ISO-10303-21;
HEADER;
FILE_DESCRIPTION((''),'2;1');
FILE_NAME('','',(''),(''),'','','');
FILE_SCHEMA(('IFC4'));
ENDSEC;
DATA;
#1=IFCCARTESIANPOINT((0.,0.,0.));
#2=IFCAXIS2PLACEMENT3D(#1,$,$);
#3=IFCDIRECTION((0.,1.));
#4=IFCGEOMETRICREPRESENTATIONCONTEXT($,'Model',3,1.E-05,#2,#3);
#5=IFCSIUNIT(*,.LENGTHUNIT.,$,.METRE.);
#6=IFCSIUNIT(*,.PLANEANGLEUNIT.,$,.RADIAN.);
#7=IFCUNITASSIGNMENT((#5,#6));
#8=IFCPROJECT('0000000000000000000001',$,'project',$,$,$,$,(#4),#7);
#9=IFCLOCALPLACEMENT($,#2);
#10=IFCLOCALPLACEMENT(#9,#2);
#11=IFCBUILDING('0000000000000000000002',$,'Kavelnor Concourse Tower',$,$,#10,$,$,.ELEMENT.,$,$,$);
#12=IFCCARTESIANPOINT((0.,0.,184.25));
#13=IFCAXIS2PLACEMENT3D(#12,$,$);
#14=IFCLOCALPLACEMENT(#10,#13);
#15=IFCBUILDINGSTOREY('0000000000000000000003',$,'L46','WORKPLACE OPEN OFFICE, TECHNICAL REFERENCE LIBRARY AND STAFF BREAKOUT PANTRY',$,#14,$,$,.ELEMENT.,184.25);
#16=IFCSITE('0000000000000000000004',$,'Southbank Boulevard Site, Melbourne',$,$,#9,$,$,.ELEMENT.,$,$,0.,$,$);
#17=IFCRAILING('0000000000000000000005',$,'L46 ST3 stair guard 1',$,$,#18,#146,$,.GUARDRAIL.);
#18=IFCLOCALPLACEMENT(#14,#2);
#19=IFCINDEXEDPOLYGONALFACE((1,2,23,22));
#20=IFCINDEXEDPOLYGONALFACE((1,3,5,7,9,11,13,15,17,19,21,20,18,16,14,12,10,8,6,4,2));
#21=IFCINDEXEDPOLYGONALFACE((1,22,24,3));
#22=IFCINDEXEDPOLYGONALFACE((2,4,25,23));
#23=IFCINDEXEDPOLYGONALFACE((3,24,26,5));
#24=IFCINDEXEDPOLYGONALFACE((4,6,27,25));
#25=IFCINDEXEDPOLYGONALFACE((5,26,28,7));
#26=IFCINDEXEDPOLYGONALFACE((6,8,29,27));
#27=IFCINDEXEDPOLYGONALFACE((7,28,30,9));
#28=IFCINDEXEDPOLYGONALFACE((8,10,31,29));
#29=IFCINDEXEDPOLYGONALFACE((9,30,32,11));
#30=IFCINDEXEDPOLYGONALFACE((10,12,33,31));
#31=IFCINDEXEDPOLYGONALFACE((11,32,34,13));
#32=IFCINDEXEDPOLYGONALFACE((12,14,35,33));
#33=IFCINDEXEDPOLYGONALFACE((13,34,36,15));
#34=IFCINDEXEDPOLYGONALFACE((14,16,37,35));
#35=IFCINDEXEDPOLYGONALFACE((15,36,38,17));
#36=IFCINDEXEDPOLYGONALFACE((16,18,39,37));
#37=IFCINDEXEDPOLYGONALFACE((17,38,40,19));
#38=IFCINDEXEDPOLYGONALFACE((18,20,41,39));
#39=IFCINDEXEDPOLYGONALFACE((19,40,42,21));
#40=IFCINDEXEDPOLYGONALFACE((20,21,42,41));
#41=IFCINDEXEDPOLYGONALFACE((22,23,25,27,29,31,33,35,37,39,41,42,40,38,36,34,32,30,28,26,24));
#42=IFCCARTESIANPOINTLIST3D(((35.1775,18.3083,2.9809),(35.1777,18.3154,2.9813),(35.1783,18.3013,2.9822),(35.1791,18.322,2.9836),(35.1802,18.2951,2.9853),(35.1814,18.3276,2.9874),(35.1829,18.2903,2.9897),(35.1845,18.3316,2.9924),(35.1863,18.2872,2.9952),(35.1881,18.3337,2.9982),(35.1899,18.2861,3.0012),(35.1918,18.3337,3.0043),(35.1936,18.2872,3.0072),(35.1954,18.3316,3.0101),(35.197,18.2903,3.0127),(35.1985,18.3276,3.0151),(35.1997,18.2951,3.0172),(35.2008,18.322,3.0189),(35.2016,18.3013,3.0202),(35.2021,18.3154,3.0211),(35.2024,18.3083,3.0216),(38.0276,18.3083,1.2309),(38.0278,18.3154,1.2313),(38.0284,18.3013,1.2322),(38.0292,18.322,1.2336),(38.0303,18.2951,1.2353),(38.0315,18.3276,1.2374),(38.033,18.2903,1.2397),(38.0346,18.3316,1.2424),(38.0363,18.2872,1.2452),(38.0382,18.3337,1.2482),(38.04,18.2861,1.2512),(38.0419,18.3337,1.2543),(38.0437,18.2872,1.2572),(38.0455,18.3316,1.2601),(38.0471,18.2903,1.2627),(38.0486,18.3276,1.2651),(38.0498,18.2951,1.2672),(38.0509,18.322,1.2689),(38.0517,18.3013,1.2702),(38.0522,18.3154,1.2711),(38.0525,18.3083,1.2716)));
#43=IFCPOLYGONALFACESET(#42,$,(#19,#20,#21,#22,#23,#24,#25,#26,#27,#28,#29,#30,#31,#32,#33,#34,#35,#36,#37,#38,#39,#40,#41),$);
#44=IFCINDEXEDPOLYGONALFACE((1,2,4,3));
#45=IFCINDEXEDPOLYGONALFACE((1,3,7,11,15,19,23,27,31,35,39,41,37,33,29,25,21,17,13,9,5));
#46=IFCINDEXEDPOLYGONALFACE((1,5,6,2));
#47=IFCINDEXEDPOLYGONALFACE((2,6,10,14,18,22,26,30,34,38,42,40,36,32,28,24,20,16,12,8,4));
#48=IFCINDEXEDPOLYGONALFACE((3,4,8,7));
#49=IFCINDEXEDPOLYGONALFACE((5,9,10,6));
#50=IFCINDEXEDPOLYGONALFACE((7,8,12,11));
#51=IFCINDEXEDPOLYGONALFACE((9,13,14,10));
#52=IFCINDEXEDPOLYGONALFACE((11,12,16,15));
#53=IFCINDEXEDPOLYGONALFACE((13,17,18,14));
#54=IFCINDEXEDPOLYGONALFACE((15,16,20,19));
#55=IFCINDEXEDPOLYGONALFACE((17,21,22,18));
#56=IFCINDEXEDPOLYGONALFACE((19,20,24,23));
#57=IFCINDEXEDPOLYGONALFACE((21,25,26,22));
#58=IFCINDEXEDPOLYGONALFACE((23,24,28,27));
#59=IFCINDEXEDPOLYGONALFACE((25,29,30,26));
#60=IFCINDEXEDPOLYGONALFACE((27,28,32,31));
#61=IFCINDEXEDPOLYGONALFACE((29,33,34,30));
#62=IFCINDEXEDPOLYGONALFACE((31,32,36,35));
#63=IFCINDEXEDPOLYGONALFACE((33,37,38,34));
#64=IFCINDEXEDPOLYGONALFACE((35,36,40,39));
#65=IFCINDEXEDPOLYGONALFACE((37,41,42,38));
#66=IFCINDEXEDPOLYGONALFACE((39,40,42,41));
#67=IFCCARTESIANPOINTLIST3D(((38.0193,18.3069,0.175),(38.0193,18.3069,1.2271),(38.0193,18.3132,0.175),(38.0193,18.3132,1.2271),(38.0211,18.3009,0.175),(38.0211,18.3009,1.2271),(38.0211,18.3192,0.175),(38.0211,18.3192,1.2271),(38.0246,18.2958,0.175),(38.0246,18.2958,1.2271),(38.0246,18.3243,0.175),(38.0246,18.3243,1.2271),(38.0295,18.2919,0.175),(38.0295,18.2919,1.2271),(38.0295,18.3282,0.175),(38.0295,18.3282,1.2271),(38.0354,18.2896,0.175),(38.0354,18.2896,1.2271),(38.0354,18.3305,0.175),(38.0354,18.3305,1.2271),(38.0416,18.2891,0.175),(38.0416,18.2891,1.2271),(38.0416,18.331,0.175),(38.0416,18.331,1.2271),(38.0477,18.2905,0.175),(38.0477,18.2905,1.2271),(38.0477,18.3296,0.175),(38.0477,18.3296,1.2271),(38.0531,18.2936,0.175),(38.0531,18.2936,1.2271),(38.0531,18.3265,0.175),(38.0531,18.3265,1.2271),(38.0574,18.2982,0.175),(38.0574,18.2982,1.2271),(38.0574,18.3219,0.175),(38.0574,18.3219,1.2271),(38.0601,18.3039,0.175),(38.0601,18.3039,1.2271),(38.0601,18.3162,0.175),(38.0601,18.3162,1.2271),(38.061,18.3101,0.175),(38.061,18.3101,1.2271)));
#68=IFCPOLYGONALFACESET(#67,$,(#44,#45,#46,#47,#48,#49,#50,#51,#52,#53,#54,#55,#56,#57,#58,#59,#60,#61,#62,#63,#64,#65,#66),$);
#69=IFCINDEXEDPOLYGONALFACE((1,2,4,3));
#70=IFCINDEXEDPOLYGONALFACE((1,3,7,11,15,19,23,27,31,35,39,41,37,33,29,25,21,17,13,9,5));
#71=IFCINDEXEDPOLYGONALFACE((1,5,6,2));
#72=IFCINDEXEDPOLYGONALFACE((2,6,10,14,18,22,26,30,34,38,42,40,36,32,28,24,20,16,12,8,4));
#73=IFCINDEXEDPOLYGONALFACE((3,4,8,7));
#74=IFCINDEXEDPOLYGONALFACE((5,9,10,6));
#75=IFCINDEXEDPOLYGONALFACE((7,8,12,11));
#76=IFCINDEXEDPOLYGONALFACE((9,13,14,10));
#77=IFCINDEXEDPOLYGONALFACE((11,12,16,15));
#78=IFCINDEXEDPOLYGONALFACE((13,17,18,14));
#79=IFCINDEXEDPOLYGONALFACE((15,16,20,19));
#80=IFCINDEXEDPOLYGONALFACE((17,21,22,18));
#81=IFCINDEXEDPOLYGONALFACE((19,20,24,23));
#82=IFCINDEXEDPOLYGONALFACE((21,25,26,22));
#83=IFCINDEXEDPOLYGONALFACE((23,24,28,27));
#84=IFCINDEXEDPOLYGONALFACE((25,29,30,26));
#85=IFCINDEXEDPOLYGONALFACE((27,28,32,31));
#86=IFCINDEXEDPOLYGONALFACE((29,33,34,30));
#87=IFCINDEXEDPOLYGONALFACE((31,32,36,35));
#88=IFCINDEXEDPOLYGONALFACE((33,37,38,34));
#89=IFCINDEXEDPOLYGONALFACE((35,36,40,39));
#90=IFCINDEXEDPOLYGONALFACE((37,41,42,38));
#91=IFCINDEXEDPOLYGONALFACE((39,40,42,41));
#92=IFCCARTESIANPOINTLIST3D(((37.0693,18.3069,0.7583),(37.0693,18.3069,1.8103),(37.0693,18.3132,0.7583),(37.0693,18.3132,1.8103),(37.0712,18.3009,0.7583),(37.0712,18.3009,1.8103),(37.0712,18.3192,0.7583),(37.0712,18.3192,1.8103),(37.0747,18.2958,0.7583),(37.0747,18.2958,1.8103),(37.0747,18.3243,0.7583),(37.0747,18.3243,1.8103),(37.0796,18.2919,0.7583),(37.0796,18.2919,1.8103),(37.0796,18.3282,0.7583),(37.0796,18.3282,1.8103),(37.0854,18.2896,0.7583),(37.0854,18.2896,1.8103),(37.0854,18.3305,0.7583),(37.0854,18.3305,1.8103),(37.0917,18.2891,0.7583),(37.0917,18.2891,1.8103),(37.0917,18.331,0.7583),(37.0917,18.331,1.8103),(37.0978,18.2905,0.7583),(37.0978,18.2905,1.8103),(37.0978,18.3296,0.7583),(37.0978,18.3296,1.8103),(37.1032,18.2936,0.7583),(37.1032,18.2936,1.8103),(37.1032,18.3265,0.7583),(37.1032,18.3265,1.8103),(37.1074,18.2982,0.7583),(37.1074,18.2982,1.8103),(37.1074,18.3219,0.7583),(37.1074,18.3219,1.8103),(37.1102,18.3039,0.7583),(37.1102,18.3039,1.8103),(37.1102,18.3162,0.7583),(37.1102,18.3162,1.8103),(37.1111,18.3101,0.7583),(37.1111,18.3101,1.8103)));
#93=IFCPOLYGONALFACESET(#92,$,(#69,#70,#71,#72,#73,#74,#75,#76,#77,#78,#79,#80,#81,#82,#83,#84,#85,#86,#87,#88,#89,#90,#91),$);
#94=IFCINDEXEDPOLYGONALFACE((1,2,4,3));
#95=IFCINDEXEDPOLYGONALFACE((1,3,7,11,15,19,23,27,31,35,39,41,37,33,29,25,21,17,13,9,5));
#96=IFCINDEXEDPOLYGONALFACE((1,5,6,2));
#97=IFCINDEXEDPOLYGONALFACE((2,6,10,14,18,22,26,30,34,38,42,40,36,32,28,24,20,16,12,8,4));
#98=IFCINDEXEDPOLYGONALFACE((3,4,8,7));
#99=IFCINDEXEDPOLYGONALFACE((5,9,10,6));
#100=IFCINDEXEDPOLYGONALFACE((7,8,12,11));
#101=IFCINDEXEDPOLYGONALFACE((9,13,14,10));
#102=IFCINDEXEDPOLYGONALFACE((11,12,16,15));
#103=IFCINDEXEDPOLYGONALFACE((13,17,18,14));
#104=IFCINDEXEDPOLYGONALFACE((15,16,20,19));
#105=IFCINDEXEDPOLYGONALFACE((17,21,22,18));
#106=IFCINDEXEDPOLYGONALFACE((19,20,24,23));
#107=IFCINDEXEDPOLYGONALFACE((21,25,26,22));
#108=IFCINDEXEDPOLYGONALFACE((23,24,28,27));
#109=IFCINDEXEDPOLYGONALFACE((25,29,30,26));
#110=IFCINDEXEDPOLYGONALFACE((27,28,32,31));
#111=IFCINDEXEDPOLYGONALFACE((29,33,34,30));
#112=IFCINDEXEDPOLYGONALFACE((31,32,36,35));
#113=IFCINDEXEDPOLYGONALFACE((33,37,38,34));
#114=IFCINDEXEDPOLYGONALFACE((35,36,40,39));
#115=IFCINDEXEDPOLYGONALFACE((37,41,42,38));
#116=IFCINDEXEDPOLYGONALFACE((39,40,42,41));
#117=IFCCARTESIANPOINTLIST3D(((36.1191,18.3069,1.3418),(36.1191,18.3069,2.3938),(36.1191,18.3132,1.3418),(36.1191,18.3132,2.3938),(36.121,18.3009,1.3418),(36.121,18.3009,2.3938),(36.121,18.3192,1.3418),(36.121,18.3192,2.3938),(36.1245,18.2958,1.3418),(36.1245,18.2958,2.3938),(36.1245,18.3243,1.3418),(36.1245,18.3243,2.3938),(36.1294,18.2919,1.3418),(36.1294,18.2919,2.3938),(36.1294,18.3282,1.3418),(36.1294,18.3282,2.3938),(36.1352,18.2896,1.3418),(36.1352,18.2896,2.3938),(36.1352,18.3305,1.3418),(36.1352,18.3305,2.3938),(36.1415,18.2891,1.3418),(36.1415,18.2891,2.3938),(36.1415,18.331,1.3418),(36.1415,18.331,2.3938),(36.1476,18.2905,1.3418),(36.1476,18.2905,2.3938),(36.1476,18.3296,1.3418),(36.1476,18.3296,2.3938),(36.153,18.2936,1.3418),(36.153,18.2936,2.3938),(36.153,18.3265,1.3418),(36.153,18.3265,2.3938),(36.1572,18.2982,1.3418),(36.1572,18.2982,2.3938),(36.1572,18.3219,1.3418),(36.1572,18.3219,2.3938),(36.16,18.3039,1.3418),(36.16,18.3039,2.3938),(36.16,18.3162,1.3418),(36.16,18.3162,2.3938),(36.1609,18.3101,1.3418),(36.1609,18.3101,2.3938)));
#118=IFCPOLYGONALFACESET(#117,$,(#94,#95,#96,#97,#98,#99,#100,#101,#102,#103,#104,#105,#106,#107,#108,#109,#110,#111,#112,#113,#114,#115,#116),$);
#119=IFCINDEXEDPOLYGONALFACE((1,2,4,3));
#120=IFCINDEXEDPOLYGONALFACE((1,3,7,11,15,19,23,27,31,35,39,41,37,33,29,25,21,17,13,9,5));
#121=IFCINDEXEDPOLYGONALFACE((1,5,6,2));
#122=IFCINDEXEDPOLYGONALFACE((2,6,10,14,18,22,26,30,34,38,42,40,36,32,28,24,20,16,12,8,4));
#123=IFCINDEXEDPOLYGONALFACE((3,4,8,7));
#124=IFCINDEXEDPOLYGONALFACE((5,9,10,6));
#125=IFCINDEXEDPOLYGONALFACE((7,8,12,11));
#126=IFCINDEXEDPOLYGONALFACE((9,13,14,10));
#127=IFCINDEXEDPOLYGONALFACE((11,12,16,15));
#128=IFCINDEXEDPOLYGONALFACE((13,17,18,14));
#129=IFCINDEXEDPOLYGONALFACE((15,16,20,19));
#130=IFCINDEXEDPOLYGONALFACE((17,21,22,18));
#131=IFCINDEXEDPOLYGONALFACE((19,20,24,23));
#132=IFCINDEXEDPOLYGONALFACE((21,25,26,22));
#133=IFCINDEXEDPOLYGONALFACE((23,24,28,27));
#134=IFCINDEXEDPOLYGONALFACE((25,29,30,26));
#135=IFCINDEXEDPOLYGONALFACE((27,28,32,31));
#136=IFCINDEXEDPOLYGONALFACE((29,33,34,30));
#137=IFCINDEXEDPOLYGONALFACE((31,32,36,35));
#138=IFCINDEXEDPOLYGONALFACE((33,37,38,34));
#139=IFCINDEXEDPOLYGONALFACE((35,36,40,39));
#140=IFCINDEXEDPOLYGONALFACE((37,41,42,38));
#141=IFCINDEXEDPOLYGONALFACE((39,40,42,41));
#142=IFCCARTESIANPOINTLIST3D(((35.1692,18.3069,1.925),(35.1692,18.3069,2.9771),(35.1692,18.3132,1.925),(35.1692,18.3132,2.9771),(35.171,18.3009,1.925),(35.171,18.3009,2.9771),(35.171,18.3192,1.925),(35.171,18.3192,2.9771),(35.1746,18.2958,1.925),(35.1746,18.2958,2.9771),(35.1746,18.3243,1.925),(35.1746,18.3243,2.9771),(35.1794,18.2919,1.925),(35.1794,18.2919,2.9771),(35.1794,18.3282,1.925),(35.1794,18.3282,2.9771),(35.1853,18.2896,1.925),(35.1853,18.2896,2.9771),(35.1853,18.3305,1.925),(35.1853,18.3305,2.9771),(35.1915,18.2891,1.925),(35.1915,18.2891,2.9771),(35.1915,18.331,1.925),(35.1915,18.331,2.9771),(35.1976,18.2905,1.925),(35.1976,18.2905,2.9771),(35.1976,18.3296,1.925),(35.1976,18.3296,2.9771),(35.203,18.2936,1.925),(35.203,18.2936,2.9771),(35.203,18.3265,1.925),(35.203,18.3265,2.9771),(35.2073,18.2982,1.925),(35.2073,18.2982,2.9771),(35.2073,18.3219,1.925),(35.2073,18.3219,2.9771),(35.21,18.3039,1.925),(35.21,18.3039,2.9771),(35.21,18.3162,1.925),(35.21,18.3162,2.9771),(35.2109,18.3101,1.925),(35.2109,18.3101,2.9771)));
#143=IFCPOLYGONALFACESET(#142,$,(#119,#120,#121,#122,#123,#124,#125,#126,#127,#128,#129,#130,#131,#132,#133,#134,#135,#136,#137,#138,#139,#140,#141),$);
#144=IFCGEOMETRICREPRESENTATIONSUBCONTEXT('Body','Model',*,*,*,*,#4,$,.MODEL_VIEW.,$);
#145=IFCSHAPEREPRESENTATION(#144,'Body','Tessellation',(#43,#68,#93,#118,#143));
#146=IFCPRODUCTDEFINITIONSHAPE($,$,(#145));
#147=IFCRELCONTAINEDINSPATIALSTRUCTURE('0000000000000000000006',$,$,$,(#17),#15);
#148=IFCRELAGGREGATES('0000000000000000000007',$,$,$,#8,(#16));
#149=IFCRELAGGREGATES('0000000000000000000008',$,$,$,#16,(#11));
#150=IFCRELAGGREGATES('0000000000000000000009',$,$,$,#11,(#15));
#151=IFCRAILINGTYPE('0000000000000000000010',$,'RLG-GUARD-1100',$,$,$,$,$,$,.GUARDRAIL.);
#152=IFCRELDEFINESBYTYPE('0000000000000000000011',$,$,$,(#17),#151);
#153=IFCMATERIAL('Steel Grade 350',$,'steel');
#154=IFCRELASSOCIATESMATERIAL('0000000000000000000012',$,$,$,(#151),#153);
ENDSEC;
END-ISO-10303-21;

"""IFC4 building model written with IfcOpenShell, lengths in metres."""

from ifc_helpers import new_model, si_unit, direction, frame, origin, origin_2d, place, context, subcontext, project, spatial, circle, extrude, material, type_object, element, save


model = new_model("IFC4")

# Units and contexts
model_context = context("Model", 3, precision=1e-05, world=origin(), true_north=direction((0.0, 1.0)))
body_context = subcontext(model_context, "Body", "Model", "MODEL_VIEW")
ifc_project = project(units=[si_unit("LENGTHUNIT", "METRE"), si_unit("PLANEANGLEUNIT", "RADIAN")], contexts=[model_context])

# Site, building, storey
site_placement = place(None, origin())
site = spatial("IfcSite", under=ifc_project, at=site_placement, Name="Southbank Boulevard Site, Melbourne", CompositionType="ELEMENT", RefElevation=0.0)
building_placement = place(site_placement, origin())
building = spatial("IfcBuilding", under=site, at=building_placement, Name="Kavelnor Concourse Tower", CompositionType="ELEMENT")
storey_placement = place(building_placement, frame((0.0, 0.0, 184.25)))
storey = spatial("IfcBuildingStorey", under=building, at=storey_placement, Name="L46", Description="WORKPLACE OPEN OFFICE, TECHNICAL REFERENCE LIBRARY AND STAFF BREAKOUT PANTRY", CompositionType="ELEMENT", Elevation=184.25)

# Shared definitions
ifc_material_1 = material(Name="Steel Grade 350", Category="steel")

# Railing
railing_type_1 = type_object("IfcRailingType", Name="RLG-GUARD-1100", PredefinedType="GUARDRAIL", material=ifc_material_1)
railing_1_placement = place(storey_placement, frame((38.04, 18.3101, 0.175)))
element("IfcRailing", 1, at=railing_1_placement, inside=storey, type_object=railing_type_1, Name="L46 ST3 stair guard 1", PredefinedType="GUARDRAIL", context=body_context, shape_type="SweptSolid", body=[
    extrude(circle(Radius=0.0239, at=origin_2d()), frame((0.0, 0.0, 1.0762), z_axis=(-0.852179, 0.0, 0.52325), x_axis=(0.0, -1.0, 0.0)), (0.0, 0.0, 1.0), 3.3445),
    extrude(circle(Radius=0.021, at=origin_2d()), origin(), (0.0, 0.0, 1.0), 1.052),
    extrude(circle(Radius=0.021, at=origin_2d()), frame((-0.95, 0.0, 0.5833)), (0.0, 0.0, 1.0), 1.052),
    extrude(circle(Radius=0.021, at=origin_2d()), frame((-1.9001, 0.0, 1.1667)), (0.0, 0.0, 1.0), 1.052),
    extrude(circle(Radius=0.021, at=origin_2d()), frame((-2.8501, 0.0, 1.75)), (0.0, 0.0, 1.0), 1.052),
])

save(model, "model.ifc")
